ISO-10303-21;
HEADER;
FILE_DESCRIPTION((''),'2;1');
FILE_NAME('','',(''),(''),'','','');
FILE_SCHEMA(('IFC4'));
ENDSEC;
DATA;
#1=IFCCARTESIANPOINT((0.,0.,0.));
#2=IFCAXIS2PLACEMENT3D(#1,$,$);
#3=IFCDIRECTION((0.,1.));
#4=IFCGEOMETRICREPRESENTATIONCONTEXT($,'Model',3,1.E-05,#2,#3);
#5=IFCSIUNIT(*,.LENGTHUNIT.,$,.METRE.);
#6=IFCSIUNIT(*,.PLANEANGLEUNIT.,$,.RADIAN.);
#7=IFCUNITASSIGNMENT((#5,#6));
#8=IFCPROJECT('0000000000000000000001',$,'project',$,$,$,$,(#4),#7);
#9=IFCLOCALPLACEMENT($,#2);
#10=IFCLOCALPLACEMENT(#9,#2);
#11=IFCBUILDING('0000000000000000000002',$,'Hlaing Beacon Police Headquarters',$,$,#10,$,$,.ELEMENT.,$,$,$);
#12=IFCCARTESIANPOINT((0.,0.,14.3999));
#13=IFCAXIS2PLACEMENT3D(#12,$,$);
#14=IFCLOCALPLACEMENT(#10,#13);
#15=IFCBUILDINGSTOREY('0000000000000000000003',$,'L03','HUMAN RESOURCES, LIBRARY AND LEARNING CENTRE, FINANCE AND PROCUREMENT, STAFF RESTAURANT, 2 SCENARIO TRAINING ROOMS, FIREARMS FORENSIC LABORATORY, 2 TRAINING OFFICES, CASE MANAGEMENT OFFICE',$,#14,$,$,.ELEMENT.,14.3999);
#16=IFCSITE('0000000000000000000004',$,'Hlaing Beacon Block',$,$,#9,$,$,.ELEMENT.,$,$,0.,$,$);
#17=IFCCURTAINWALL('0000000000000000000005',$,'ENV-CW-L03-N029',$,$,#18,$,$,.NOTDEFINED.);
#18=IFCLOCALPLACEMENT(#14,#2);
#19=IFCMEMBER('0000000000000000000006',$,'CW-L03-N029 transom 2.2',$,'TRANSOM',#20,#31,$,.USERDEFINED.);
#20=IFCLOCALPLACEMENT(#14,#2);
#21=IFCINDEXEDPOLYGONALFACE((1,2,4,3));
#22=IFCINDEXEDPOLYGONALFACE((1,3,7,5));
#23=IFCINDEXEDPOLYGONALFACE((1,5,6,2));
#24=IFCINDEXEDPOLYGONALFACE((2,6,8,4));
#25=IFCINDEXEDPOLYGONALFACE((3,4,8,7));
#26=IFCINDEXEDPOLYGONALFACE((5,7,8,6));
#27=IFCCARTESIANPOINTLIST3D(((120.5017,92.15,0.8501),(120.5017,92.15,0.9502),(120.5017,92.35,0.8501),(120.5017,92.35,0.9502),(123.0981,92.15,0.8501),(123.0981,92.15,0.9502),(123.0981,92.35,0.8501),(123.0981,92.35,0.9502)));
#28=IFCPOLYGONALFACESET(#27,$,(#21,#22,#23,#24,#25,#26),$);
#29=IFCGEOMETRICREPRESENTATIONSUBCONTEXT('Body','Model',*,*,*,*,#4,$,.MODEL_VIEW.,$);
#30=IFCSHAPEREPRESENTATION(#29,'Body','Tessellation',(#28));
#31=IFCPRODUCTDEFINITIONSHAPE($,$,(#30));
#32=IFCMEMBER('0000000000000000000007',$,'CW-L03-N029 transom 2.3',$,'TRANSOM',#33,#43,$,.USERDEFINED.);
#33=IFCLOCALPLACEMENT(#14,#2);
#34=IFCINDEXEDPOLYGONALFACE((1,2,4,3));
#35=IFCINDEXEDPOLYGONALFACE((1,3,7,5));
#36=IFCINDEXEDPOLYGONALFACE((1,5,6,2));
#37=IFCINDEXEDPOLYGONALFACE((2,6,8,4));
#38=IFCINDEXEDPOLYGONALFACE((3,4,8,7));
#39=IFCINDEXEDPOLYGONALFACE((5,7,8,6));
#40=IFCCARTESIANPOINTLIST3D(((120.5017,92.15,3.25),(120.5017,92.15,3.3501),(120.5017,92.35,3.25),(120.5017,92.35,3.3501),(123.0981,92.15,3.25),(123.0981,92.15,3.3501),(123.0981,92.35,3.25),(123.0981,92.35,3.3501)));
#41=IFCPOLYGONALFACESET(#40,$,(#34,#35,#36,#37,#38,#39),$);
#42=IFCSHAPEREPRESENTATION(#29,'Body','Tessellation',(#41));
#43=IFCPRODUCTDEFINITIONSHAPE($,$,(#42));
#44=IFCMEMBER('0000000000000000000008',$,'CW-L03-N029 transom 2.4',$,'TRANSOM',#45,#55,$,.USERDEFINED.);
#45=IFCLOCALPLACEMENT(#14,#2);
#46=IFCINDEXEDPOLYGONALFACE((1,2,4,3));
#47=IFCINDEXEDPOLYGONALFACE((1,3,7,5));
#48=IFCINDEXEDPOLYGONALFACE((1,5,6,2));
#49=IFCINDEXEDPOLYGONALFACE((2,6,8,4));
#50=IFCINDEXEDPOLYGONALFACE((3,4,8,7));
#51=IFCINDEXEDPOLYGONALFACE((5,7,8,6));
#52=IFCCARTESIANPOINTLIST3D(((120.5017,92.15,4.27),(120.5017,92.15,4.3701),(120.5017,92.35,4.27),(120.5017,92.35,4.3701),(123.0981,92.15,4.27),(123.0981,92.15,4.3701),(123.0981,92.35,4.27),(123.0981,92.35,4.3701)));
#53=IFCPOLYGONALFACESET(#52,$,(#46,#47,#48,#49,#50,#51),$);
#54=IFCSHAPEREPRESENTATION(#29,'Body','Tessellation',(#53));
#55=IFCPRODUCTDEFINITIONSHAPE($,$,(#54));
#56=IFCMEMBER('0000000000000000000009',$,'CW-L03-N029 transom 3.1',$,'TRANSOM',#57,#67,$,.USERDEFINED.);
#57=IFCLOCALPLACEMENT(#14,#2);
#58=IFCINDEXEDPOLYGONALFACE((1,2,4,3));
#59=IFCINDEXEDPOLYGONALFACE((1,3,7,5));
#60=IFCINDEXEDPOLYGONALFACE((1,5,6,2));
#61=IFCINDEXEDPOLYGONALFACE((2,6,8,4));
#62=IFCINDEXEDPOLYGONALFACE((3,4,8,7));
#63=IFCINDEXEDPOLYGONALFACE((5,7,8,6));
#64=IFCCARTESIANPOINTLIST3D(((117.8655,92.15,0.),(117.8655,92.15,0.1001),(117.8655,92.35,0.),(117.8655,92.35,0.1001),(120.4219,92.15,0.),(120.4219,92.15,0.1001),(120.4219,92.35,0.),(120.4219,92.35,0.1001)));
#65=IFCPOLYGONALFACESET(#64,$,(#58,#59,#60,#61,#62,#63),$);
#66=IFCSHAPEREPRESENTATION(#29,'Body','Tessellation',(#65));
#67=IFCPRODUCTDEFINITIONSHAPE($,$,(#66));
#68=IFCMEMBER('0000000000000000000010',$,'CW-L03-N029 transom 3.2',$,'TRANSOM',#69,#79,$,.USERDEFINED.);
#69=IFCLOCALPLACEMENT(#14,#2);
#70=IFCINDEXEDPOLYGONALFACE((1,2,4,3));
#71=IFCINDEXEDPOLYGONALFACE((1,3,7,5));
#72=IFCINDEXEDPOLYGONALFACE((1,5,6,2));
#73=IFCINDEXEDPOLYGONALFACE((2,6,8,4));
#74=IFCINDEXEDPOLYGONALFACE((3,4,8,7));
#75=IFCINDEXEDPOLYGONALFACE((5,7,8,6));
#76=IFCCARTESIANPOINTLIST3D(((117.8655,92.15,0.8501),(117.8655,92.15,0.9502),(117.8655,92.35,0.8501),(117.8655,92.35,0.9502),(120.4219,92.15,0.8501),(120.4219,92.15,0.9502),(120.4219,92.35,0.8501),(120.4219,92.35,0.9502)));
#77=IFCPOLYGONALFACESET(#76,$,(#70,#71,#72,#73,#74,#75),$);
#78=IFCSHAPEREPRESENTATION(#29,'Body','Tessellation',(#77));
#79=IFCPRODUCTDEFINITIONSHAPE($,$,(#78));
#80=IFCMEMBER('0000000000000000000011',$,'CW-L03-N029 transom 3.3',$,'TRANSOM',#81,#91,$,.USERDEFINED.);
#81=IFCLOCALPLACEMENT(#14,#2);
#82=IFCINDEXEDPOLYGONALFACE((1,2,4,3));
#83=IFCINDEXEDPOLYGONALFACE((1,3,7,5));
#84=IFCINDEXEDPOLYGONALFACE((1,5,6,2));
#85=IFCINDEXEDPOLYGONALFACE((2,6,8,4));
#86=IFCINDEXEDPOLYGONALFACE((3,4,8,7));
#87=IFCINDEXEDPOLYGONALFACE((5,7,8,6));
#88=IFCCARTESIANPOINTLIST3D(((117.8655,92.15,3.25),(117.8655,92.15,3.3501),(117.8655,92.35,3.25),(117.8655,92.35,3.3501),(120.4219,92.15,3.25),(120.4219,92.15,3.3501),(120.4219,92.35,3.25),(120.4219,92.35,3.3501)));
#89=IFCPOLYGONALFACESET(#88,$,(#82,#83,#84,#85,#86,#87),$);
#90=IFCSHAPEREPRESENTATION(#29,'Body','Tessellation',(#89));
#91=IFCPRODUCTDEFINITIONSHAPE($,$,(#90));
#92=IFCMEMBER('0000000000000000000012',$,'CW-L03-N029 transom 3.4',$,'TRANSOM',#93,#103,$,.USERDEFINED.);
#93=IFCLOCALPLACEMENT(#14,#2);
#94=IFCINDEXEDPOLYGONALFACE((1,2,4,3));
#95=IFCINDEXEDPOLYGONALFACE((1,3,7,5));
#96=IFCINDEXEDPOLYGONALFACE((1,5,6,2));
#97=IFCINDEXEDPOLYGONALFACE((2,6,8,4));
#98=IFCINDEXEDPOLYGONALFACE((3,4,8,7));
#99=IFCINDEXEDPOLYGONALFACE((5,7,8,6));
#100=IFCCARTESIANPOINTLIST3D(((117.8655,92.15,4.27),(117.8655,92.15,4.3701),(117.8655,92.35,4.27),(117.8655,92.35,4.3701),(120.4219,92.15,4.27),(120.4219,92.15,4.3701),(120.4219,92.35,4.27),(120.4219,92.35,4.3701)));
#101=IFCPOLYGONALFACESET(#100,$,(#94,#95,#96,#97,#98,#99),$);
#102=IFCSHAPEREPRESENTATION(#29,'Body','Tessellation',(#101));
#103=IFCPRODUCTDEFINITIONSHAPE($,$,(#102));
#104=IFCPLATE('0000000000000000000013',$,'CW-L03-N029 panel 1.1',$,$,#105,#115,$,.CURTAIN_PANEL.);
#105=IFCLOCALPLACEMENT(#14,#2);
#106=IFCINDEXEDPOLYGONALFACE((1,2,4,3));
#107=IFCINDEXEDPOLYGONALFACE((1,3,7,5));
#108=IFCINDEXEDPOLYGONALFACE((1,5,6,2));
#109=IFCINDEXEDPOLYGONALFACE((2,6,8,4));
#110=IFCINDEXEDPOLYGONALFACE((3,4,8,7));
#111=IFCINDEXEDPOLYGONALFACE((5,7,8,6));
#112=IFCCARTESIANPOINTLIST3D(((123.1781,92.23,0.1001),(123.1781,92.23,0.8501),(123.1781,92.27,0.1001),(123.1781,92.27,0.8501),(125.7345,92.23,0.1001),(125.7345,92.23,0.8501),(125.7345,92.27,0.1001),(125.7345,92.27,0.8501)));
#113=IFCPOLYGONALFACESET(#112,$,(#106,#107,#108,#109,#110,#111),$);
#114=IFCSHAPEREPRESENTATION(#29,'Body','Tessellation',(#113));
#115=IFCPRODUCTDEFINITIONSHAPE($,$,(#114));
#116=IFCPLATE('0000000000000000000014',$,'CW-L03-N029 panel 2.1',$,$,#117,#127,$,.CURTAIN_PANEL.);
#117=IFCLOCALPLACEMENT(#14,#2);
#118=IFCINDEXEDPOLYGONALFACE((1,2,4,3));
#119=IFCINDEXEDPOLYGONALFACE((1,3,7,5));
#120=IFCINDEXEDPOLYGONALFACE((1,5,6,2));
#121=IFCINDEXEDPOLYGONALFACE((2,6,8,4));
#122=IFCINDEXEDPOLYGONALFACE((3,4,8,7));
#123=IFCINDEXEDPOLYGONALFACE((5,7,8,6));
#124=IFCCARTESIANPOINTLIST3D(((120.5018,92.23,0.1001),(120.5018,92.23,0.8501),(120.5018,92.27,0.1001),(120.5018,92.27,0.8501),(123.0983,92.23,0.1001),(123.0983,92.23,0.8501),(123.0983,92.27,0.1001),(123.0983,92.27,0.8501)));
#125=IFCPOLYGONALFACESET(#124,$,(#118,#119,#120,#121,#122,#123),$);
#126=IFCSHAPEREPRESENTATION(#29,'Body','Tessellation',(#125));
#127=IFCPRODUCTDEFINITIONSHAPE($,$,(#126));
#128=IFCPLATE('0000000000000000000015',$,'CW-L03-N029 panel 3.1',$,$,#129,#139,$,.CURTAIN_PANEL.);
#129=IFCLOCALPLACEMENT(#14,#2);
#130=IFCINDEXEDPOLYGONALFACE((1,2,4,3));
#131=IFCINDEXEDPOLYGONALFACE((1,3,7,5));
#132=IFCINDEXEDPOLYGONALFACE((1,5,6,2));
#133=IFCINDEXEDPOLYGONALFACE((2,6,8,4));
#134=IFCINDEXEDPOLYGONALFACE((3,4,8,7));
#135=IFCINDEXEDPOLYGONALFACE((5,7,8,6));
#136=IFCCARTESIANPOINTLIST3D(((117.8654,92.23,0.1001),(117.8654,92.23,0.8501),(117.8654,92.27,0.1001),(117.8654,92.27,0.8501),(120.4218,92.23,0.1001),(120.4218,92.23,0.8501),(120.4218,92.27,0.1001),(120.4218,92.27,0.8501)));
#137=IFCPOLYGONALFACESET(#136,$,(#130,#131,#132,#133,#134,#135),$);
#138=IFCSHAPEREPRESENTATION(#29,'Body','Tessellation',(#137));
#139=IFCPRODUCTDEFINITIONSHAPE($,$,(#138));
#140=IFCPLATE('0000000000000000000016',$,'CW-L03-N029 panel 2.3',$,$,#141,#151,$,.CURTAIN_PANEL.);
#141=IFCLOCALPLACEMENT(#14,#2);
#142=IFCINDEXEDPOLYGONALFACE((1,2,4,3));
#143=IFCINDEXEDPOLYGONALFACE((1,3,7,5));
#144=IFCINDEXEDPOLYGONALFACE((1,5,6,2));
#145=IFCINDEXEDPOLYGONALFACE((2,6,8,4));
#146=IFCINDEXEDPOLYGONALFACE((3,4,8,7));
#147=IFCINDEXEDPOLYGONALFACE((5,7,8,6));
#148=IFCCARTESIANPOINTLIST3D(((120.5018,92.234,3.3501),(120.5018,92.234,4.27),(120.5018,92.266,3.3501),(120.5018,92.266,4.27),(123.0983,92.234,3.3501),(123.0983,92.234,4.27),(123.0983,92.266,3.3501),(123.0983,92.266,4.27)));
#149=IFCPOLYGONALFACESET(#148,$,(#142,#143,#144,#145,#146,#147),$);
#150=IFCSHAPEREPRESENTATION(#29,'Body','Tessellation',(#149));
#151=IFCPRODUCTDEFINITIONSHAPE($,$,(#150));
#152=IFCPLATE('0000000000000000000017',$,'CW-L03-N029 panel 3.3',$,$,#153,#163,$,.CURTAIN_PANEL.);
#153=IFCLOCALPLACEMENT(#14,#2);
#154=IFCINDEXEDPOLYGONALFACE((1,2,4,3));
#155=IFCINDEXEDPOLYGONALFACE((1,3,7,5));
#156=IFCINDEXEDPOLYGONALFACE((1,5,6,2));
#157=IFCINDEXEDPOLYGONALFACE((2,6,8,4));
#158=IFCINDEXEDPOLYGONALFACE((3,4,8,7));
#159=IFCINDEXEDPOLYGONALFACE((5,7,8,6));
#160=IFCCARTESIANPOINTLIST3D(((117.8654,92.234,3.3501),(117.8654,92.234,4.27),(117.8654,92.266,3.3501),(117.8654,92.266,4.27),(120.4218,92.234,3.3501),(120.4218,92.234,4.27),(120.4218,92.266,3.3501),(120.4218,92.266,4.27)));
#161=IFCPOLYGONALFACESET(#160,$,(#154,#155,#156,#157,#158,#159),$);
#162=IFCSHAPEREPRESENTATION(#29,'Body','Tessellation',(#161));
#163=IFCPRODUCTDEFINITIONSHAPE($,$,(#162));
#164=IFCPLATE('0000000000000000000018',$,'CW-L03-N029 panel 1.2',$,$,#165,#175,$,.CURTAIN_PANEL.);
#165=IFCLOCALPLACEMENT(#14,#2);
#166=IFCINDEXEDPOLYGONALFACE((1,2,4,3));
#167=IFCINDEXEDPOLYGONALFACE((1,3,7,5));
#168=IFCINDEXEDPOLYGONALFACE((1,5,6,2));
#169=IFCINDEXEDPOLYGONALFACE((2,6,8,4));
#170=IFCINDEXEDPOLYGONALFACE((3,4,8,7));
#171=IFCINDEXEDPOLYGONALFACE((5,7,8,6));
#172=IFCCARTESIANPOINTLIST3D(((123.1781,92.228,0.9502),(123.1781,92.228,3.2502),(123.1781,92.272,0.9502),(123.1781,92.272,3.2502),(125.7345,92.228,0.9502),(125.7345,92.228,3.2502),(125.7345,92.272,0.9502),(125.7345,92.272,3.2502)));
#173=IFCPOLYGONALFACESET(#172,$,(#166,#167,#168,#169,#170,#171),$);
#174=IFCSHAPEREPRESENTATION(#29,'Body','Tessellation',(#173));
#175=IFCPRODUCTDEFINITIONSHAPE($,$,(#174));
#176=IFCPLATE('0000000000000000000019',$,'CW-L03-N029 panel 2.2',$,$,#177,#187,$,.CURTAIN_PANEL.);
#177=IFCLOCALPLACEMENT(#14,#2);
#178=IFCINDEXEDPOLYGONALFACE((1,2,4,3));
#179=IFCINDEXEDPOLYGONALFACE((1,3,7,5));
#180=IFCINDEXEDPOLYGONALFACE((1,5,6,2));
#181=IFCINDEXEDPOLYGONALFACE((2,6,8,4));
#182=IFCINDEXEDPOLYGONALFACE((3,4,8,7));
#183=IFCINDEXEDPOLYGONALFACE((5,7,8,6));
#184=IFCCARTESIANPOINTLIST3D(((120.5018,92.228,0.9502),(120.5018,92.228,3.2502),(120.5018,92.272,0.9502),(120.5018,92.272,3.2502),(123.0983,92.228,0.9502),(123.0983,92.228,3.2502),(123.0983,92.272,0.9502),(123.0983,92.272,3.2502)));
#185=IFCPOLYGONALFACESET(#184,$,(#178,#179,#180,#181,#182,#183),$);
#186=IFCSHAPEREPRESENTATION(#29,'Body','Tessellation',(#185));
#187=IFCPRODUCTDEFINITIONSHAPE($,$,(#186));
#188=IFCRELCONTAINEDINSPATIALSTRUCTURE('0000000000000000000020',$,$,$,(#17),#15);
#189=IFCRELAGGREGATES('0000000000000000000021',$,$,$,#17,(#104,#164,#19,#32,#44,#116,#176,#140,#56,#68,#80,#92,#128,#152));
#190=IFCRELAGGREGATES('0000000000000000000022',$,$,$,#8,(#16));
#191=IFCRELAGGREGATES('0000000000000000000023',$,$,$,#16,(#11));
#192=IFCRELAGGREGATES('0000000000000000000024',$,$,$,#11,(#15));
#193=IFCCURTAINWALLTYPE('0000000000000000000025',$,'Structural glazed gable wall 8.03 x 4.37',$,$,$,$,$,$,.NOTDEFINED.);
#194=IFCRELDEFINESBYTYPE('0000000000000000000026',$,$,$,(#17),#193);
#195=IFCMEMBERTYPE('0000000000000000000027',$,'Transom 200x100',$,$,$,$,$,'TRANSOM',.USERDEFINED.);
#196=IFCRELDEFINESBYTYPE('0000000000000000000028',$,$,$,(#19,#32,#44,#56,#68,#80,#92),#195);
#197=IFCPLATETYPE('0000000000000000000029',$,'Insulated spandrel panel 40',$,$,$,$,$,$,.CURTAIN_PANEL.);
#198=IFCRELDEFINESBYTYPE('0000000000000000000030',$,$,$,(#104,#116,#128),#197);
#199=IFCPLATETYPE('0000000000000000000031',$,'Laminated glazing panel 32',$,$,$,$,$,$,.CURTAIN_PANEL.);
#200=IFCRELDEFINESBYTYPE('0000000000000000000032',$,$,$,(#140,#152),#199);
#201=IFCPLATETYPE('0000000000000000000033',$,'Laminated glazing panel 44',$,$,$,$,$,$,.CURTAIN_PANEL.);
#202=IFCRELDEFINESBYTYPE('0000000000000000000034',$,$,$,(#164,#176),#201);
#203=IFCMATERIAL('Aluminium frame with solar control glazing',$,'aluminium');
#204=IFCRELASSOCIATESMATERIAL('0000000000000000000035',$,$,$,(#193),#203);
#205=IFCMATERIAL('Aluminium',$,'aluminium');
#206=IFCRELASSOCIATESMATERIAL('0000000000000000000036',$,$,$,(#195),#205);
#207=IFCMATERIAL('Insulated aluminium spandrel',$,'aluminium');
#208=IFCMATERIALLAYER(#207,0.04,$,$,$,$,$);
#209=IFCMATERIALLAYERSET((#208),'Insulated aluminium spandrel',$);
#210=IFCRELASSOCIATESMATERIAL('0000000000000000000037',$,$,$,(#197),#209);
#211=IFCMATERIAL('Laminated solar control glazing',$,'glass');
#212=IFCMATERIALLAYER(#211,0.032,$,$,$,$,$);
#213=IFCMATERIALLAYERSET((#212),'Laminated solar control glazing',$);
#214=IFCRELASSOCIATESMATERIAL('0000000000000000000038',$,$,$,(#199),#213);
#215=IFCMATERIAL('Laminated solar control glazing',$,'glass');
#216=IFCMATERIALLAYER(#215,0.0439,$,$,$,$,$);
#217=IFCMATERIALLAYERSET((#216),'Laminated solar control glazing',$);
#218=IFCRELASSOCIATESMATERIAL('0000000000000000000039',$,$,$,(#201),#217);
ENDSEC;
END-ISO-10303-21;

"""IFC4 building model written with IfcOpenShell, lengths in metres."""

from ifc_helpers import new_model, si_unit, direction, frame, origin, origin_2d, place, context, subcontext, project, spatial, rectangle, extrude, material, layer, layer_set, material_profile, profile_set, type_object, element, aggregate, save


model = new_model("IFC4")

# Units and contexts
model_context = context("Model", 3, precision=1e-05, world=origin(), true_north=direction((0.0, 1.0)))
body_context = subcontext(model_context, "Body", "Model", "MODEL_VIEW")
ifc_project = project(units=[si_unit("LENGTHUNIT", "METRE"), si_unit("PLANEANGLEUNIT", "RADIAN")], contexts=[model_context])

# Site, building, storey
site_placement = place(None, origin())
site = spatial("IfcSite", under=ifc_project, at=site_placement, Name="Hlaing Beacon Block", CompositionType="ELEMENT", RefElevation=0.0)
building_placement = place(site_placement, origin())
building = spatial("IfcBuilding", under=site, at=building_placement, Name="Hlaing Beacon Police Headquarters", CompositionType="ELEMENT")
storey_placement = place(building_placement, frame((0.0, 0.0, 14.3999)))
storey = spatial("IfcBuildingStorey", under=building, at=storey_placement, Name="L03", Description="HUMAN RESOURCES, LIBRARY AND LEARNING CENTRE, FINANCE AND PROCUREMENT, STAFF RESTAURANT, 2 SCENARIO TRAINING ROOMS, FIREARMS FORENSIC LABORATORY, 2 TRAINING OFFICES, CASE MANAGEMENT OFFICE", CompositionType="ELEMENT", Elevation=14.3999)

# Curtain wall, members, plates
ifc_material_1 = material(Name="Aluminium frame with solar control glazing", Category="aluminium")
curtain_wall_type = type_object("IfcCurtainWallType", Name="Structural glazed gable wall 8.03 x 4.37", PredefinedType="NOTDEFINED", material=ifc_material_1)
curtain_wall_placement = place(storey_placement, origin())
curtain_wall = element("IfcCurtainWall", 1, at=curtain_wall_placement, inside=storey, type_object=curtain_wall_type, Name="ENV-CW-L03-N029", PredefinedType="NOTDEFINED")
ifc_material_2 = material(Name="Aluminium", Category="aluminium")
ifc_material_profile_1 = material_profile(ifc_material_2, rectangle(XDim=0.2, YDim=0.1001, at=origin_2d()), Name="Transom 200x100")
ifc_profile_set_1 = profile_set([ifc_material_profile_1], Name="Aluminium")
member_type_1 = type_object("IfcMemberType", Name="Transom 200x100", ElementType="TRANSOM", PredefinedType="USERDEFINED", material=ifc_profile_set_1)
member_1_placement = place(storey_placement, frame((123.0981, 92.25, 0.9001), z_axis=(-1.0, 0.0, 0.0), x_axis=(0.0, -1.0, 0.0)))
member_1 = element("IfcMember", 2, at=member_1_placement, type_object=member_type_1, Name="CW-L03-N029 transom 2.2", ObjectType="TRANSOM", PredefinedType="USERDEFINED", context=body_context, shape_type="SweptSolid", body=[
    extrude(rectangle(XDim=0.2, YDim=0.1001, at=origin_2d()), origin(), (0.0, 0.0, 1.0), 2.5964),
])
member_2_placement = place(storey_placement, frame((123.0981, 92.25, 3.3), z_axis=(-1.0, 0.0, 0.0), x_axis=(0.0, -1.0, 0.0)))
member_2 = element("IfcMember", 3, at=member_2_placement, type_object=member_type_1, Name="CW-L03-N029 transom 2.3", ObjectType="TRANSOM", PredefinedType="USERDEFINED", context=body_context, shape_type="SweptSolid", body=[
    extrude(rectangle(XDim=0.2, YDim=0.1001, at=origin_2d()), origin(), (0.0, 0.0, 1.0), 2.5964),
])
member_3_placement = place(storey_placement, frame((123.0981, 92.25, 4.3201), z_axis=(-1.0, 0.0, 0.0), x_axis=(0.0, -1.0, 0.0)))
member_3 = element("IfcMember", 4, at=member_3_placement, type_object=member_type_1, Name="CW-L03-N029 transom 2.4", ObjectType="TRANSOM", PredefinedType="USERDEFINED", context=body_context, shape_type="SweptSolid", body=[
    extrude(rectangle(XDim=0.2, YDim=0.1001, at=origin_2d()), origin(), (0.0, 0.0, 1.0), 2.5964),
])
member_4_placement = place(storey_placement, frame((120.4219, 92.25, 0.05), z_axis=(-1.0, 0.0, 0.0), x_axis=(0.0, -1.0, 0.0)))
member_4 = element("IfcMember", 5, at=member_4_placement, type_object=member_type_1, Name="CW-L03-N029 transom 3.1", ObjectType="TRANSOM", PredefinedType="USERDEFINED", context=body_context, shape_type="SweptSolid", body=[
    extrude(rectangle(XDim=0.2, YDim=0.1001, at=origin_2d()), origin(), (0.0, 0.0, 1.0), 2.5564),
])
member_5_placement = place(storey_placement, frame((120.4219, 92.25, 0.9001), z_axis=(-1.0, 0.0, 0.0), x_axis=(0.0, -1.0, 0.0)))
member_5 = element("IfcMember", 6, at=member_5_placement, type_object=member_type_1, Name="CW-L03-N029 transom 3.2", ObjectType="TRANSOM", PredefinedType="USERDEFINED", context=body_context, shape_type="SweptSolid", body=[
    extrude(rectangle(XDim=0.2, YDim=0.1001, at=origin_2d()), origin(), (0.0, 0.0, 1.0), 2.5564),
])
member_6_placement = place(storey_placement, frame((120.4219, 92.25, 3.3), z_axis=(-1.0, 0.0, 0.0), x_axis=(0.0, -1.0, 0.0)))
member_6 = element("IfcMember", 7, at=member_6_placement, type_object=member_type_1, Name="CW-L03-N029 transom 3.3", ObjectType="TRANSOM", PredefinedType="USERDEFINED", context=body_context, shape_type="SweptSolid", body=[
    extrude(rectangle(XDim=0.2, YDim=0.1001, at=origin_2d()), origin(), (0.0, 0.0, 1.0), 2.5564),
])
member_7_placement = place(storey_placement, frame((120.4219, 92.25, 4.3201), z_axis=(-1.0, 0.0, 0.0), x_axis=(0.0, -1.0, 0.0)))
member_7 = element("IfcMember", 8, at=member_7_placement, type_object=member_type_1, Name="CW-L03-N029 transom 3.4", ObjectType="TRANSOM", PredefinedType="USERDEFINED", context=body_context, shape_type="SweptSolid", body=[
    extrude(rectangle(XDim=0.2, YDim=0.1001, at=origin_2d()), origin(), (0.0, 0.0, 1.0), 2.5564),
])
ifc_material_3 = material(Name="Insulated aluminium spandrel", Category="aluminium")
ifc_layer_1 = layer(ifc_material_3, 0.04)
ifc_layer_set_1 = layer_set([ifc_layer_1], Name="Insulated aluminium spandrel")
plate_type_1 = type_object("IfcPlateType", Name="Insulated spandrel panel 40", PredefinedType="CURTAIN_PANEL", material=ifc_layer_set_1)
plate_1_placement = place(storey_placement, frame((124.4563, 92.25, 0.1001), z_axis=(0.0, 0.0, 1.0), x_axis=(-1.0, 0.0, 0.0)))
plate_1 = element("IfcPlate", 9, at=plate_1_placement, type_object=plate_type_1, Name="CW-L03-N029 panel 1.1", PredefinedType="CURTAIN_PANEL", context=body_context, shape_type="SweptSolid", body=[
    extrude(rectangle(XDim=2.5564, YDim=0.04, at=origin_2d()), origin(), (0.0, 0.0, 1.0), 0.75),
])
plate_2_placement = place(storey_placement, frame((121.8, 92.25, 0.1001), z_axis=(0.0, 0.0, 1.0), x_axis=(-1.0, 0.0, 0.0)))
plate_2 = element("IfcPlate", 10, at=plate_2_placement, type_object=plate_type_1, Name="CW-L03-N029 panel 2.1", PredefinedType="CURTAIN_PANEL", context=body_context, shape_type="SweptSolid", body=[
    extrude(rectangle(XDim=2.5964, YDim=0.04, at=origin_2d()), origin(), (0.0, 0.0, 1.0), 0.75),
])
plate_3_placement = place(storey_placement, frame((119.1436, 92.25, 0.1001), z_axis=(0.0, 0.0, 1.0), x_axis=(-1.0, 0.0, 0.0)))
plate_3 = element("IfcPlate", 11, at=plate_3_placement, type_object=plate_type_1, Name="CW-L03-N029 panel 3.1", PredefinedType="CURTAIN_PANEL", context=body_context, shape_type="SweptSolid", body=[
    extrude(rectangle(XDim=2.5564, YDim=0.04, at=origin_2d()), origin(), (0.0, 0.0, 1.0), 0.75),
])
ifc_material_4 = material(Name="Laminated solar control glazing", Category="glass")
ifc_layer_2 = layer(ifc_material_4, 0.032)
ifc_layer_set_2 = layer_set([ifc_layer_2], Name="Laminated solar control glazing")
plate_type_2 = type_object("IfcPlateType", Name="Laminated glazing panel 32", PredefinedType="CURTAIN_PANEL", material=ifc_layer_set_2)
plate_4_placement = place(storey_placement, frame((121.8, 92.25, 3.3501), z_axis=(0.0, 0.0, 1.0), x_axis=(-1.0, 0.0, 0.0)))
plate_4 = element("IfcPlate", 12, at=plate_4_placement, type_object=plate_type_2, Name="CW-L03-N029 panel 2.3", PredefinedType="CURTAIN_PANEL", context=body_context, shape_type="SweptSolid", body=[
    extrude(rectangle(XDim=2.5964, YDim=0.032, at=origin_2d()), origin(), (0.0, 0.0, 1.0), 0.9199),
])
plate_5_placement = place(storey_placement, frame((119.1436, 92.25, 3.3501), z_axis=(0.0, 0.0, 1.0), x_axis=(-1.0, 0.0, 0.0)))
plate_5 = element("IfcPlate", 13, at=plate_5_placement, type_object=plate_type_2, Name="CW-L03-N029 panel 3.3", PredefinedType="CURTAIN_PANEL", context=body_context, shape_type="SweptSolid", body=[
    extrude(rectangle(XDim=2.5564, YDim=0.032, at=origin_2d()), origin(), (0.0, 0.0, 1.0), 0.9199),
])
ifc_material_5 = material(Name="Laminated solar control glazing", Category="glass")
ifc_layer_3 = layer(ifc_material_5, 0.0439)
ifc_layer_set_3 = layer_set([ifc_layer_3], Name="Laminated solar control glazing")
plate_type_3 = type_object("IfcPlateType", Name="Laminated glazing panel 44", PredefinedType="CURTAIN_PANEL", material=ifc_layer_set_3)
plate_6_placement = place(storey_placement, frame((124.4563, 92.25, 0.9502), z_axis=(0.0, 0.0, 1.0), x_axis=(-1.0, 0.0, 0.0)))
plate_6 = element("IfcPlate", 14, at=plate_6_placement, type_object=plate_type_3, Name="CW-L03-N029 panel 1.2", PredefinedType="CURTAIN_PANEL", context=body_context, shape_type="SweptSolid", body=[
    extrude(rectangle(XDim=2.5564, YDim=0.0439, at=origin_2d()), origin(), (0.0, 0.0, 1.0), 2.3),
])
plate_7_placement = place(storey_placement, frame((121.8, 92.25, 0.9502), z_axis=(0.0, 0.0, 1.0), x_axis=(-1.0, 0.0, 0.0)))
plate_7 = element("IfcPlate", 15, at=plate_7_placement, type_object=plate_type_3, Name="CW-L03-N029 panel 2.2", PredefinedType="CURTAIN_PANEL", context=body_context, shape_type="SweptSolid", body=[
    extrude(rectangle(XDim=2.5964, YDim=0.0439, at=origin_2d()), origin(), (0.0, 0.0, 1.0), 2.3),
])
aggregate(curtain_wall, [plate_1, plate_6, member_1, member_2, member_3, plate_2, plate_7, plate_4, member_4, member_5, member_6, member_7, plate_3, plate_5])

save(model, "model.ifc")
